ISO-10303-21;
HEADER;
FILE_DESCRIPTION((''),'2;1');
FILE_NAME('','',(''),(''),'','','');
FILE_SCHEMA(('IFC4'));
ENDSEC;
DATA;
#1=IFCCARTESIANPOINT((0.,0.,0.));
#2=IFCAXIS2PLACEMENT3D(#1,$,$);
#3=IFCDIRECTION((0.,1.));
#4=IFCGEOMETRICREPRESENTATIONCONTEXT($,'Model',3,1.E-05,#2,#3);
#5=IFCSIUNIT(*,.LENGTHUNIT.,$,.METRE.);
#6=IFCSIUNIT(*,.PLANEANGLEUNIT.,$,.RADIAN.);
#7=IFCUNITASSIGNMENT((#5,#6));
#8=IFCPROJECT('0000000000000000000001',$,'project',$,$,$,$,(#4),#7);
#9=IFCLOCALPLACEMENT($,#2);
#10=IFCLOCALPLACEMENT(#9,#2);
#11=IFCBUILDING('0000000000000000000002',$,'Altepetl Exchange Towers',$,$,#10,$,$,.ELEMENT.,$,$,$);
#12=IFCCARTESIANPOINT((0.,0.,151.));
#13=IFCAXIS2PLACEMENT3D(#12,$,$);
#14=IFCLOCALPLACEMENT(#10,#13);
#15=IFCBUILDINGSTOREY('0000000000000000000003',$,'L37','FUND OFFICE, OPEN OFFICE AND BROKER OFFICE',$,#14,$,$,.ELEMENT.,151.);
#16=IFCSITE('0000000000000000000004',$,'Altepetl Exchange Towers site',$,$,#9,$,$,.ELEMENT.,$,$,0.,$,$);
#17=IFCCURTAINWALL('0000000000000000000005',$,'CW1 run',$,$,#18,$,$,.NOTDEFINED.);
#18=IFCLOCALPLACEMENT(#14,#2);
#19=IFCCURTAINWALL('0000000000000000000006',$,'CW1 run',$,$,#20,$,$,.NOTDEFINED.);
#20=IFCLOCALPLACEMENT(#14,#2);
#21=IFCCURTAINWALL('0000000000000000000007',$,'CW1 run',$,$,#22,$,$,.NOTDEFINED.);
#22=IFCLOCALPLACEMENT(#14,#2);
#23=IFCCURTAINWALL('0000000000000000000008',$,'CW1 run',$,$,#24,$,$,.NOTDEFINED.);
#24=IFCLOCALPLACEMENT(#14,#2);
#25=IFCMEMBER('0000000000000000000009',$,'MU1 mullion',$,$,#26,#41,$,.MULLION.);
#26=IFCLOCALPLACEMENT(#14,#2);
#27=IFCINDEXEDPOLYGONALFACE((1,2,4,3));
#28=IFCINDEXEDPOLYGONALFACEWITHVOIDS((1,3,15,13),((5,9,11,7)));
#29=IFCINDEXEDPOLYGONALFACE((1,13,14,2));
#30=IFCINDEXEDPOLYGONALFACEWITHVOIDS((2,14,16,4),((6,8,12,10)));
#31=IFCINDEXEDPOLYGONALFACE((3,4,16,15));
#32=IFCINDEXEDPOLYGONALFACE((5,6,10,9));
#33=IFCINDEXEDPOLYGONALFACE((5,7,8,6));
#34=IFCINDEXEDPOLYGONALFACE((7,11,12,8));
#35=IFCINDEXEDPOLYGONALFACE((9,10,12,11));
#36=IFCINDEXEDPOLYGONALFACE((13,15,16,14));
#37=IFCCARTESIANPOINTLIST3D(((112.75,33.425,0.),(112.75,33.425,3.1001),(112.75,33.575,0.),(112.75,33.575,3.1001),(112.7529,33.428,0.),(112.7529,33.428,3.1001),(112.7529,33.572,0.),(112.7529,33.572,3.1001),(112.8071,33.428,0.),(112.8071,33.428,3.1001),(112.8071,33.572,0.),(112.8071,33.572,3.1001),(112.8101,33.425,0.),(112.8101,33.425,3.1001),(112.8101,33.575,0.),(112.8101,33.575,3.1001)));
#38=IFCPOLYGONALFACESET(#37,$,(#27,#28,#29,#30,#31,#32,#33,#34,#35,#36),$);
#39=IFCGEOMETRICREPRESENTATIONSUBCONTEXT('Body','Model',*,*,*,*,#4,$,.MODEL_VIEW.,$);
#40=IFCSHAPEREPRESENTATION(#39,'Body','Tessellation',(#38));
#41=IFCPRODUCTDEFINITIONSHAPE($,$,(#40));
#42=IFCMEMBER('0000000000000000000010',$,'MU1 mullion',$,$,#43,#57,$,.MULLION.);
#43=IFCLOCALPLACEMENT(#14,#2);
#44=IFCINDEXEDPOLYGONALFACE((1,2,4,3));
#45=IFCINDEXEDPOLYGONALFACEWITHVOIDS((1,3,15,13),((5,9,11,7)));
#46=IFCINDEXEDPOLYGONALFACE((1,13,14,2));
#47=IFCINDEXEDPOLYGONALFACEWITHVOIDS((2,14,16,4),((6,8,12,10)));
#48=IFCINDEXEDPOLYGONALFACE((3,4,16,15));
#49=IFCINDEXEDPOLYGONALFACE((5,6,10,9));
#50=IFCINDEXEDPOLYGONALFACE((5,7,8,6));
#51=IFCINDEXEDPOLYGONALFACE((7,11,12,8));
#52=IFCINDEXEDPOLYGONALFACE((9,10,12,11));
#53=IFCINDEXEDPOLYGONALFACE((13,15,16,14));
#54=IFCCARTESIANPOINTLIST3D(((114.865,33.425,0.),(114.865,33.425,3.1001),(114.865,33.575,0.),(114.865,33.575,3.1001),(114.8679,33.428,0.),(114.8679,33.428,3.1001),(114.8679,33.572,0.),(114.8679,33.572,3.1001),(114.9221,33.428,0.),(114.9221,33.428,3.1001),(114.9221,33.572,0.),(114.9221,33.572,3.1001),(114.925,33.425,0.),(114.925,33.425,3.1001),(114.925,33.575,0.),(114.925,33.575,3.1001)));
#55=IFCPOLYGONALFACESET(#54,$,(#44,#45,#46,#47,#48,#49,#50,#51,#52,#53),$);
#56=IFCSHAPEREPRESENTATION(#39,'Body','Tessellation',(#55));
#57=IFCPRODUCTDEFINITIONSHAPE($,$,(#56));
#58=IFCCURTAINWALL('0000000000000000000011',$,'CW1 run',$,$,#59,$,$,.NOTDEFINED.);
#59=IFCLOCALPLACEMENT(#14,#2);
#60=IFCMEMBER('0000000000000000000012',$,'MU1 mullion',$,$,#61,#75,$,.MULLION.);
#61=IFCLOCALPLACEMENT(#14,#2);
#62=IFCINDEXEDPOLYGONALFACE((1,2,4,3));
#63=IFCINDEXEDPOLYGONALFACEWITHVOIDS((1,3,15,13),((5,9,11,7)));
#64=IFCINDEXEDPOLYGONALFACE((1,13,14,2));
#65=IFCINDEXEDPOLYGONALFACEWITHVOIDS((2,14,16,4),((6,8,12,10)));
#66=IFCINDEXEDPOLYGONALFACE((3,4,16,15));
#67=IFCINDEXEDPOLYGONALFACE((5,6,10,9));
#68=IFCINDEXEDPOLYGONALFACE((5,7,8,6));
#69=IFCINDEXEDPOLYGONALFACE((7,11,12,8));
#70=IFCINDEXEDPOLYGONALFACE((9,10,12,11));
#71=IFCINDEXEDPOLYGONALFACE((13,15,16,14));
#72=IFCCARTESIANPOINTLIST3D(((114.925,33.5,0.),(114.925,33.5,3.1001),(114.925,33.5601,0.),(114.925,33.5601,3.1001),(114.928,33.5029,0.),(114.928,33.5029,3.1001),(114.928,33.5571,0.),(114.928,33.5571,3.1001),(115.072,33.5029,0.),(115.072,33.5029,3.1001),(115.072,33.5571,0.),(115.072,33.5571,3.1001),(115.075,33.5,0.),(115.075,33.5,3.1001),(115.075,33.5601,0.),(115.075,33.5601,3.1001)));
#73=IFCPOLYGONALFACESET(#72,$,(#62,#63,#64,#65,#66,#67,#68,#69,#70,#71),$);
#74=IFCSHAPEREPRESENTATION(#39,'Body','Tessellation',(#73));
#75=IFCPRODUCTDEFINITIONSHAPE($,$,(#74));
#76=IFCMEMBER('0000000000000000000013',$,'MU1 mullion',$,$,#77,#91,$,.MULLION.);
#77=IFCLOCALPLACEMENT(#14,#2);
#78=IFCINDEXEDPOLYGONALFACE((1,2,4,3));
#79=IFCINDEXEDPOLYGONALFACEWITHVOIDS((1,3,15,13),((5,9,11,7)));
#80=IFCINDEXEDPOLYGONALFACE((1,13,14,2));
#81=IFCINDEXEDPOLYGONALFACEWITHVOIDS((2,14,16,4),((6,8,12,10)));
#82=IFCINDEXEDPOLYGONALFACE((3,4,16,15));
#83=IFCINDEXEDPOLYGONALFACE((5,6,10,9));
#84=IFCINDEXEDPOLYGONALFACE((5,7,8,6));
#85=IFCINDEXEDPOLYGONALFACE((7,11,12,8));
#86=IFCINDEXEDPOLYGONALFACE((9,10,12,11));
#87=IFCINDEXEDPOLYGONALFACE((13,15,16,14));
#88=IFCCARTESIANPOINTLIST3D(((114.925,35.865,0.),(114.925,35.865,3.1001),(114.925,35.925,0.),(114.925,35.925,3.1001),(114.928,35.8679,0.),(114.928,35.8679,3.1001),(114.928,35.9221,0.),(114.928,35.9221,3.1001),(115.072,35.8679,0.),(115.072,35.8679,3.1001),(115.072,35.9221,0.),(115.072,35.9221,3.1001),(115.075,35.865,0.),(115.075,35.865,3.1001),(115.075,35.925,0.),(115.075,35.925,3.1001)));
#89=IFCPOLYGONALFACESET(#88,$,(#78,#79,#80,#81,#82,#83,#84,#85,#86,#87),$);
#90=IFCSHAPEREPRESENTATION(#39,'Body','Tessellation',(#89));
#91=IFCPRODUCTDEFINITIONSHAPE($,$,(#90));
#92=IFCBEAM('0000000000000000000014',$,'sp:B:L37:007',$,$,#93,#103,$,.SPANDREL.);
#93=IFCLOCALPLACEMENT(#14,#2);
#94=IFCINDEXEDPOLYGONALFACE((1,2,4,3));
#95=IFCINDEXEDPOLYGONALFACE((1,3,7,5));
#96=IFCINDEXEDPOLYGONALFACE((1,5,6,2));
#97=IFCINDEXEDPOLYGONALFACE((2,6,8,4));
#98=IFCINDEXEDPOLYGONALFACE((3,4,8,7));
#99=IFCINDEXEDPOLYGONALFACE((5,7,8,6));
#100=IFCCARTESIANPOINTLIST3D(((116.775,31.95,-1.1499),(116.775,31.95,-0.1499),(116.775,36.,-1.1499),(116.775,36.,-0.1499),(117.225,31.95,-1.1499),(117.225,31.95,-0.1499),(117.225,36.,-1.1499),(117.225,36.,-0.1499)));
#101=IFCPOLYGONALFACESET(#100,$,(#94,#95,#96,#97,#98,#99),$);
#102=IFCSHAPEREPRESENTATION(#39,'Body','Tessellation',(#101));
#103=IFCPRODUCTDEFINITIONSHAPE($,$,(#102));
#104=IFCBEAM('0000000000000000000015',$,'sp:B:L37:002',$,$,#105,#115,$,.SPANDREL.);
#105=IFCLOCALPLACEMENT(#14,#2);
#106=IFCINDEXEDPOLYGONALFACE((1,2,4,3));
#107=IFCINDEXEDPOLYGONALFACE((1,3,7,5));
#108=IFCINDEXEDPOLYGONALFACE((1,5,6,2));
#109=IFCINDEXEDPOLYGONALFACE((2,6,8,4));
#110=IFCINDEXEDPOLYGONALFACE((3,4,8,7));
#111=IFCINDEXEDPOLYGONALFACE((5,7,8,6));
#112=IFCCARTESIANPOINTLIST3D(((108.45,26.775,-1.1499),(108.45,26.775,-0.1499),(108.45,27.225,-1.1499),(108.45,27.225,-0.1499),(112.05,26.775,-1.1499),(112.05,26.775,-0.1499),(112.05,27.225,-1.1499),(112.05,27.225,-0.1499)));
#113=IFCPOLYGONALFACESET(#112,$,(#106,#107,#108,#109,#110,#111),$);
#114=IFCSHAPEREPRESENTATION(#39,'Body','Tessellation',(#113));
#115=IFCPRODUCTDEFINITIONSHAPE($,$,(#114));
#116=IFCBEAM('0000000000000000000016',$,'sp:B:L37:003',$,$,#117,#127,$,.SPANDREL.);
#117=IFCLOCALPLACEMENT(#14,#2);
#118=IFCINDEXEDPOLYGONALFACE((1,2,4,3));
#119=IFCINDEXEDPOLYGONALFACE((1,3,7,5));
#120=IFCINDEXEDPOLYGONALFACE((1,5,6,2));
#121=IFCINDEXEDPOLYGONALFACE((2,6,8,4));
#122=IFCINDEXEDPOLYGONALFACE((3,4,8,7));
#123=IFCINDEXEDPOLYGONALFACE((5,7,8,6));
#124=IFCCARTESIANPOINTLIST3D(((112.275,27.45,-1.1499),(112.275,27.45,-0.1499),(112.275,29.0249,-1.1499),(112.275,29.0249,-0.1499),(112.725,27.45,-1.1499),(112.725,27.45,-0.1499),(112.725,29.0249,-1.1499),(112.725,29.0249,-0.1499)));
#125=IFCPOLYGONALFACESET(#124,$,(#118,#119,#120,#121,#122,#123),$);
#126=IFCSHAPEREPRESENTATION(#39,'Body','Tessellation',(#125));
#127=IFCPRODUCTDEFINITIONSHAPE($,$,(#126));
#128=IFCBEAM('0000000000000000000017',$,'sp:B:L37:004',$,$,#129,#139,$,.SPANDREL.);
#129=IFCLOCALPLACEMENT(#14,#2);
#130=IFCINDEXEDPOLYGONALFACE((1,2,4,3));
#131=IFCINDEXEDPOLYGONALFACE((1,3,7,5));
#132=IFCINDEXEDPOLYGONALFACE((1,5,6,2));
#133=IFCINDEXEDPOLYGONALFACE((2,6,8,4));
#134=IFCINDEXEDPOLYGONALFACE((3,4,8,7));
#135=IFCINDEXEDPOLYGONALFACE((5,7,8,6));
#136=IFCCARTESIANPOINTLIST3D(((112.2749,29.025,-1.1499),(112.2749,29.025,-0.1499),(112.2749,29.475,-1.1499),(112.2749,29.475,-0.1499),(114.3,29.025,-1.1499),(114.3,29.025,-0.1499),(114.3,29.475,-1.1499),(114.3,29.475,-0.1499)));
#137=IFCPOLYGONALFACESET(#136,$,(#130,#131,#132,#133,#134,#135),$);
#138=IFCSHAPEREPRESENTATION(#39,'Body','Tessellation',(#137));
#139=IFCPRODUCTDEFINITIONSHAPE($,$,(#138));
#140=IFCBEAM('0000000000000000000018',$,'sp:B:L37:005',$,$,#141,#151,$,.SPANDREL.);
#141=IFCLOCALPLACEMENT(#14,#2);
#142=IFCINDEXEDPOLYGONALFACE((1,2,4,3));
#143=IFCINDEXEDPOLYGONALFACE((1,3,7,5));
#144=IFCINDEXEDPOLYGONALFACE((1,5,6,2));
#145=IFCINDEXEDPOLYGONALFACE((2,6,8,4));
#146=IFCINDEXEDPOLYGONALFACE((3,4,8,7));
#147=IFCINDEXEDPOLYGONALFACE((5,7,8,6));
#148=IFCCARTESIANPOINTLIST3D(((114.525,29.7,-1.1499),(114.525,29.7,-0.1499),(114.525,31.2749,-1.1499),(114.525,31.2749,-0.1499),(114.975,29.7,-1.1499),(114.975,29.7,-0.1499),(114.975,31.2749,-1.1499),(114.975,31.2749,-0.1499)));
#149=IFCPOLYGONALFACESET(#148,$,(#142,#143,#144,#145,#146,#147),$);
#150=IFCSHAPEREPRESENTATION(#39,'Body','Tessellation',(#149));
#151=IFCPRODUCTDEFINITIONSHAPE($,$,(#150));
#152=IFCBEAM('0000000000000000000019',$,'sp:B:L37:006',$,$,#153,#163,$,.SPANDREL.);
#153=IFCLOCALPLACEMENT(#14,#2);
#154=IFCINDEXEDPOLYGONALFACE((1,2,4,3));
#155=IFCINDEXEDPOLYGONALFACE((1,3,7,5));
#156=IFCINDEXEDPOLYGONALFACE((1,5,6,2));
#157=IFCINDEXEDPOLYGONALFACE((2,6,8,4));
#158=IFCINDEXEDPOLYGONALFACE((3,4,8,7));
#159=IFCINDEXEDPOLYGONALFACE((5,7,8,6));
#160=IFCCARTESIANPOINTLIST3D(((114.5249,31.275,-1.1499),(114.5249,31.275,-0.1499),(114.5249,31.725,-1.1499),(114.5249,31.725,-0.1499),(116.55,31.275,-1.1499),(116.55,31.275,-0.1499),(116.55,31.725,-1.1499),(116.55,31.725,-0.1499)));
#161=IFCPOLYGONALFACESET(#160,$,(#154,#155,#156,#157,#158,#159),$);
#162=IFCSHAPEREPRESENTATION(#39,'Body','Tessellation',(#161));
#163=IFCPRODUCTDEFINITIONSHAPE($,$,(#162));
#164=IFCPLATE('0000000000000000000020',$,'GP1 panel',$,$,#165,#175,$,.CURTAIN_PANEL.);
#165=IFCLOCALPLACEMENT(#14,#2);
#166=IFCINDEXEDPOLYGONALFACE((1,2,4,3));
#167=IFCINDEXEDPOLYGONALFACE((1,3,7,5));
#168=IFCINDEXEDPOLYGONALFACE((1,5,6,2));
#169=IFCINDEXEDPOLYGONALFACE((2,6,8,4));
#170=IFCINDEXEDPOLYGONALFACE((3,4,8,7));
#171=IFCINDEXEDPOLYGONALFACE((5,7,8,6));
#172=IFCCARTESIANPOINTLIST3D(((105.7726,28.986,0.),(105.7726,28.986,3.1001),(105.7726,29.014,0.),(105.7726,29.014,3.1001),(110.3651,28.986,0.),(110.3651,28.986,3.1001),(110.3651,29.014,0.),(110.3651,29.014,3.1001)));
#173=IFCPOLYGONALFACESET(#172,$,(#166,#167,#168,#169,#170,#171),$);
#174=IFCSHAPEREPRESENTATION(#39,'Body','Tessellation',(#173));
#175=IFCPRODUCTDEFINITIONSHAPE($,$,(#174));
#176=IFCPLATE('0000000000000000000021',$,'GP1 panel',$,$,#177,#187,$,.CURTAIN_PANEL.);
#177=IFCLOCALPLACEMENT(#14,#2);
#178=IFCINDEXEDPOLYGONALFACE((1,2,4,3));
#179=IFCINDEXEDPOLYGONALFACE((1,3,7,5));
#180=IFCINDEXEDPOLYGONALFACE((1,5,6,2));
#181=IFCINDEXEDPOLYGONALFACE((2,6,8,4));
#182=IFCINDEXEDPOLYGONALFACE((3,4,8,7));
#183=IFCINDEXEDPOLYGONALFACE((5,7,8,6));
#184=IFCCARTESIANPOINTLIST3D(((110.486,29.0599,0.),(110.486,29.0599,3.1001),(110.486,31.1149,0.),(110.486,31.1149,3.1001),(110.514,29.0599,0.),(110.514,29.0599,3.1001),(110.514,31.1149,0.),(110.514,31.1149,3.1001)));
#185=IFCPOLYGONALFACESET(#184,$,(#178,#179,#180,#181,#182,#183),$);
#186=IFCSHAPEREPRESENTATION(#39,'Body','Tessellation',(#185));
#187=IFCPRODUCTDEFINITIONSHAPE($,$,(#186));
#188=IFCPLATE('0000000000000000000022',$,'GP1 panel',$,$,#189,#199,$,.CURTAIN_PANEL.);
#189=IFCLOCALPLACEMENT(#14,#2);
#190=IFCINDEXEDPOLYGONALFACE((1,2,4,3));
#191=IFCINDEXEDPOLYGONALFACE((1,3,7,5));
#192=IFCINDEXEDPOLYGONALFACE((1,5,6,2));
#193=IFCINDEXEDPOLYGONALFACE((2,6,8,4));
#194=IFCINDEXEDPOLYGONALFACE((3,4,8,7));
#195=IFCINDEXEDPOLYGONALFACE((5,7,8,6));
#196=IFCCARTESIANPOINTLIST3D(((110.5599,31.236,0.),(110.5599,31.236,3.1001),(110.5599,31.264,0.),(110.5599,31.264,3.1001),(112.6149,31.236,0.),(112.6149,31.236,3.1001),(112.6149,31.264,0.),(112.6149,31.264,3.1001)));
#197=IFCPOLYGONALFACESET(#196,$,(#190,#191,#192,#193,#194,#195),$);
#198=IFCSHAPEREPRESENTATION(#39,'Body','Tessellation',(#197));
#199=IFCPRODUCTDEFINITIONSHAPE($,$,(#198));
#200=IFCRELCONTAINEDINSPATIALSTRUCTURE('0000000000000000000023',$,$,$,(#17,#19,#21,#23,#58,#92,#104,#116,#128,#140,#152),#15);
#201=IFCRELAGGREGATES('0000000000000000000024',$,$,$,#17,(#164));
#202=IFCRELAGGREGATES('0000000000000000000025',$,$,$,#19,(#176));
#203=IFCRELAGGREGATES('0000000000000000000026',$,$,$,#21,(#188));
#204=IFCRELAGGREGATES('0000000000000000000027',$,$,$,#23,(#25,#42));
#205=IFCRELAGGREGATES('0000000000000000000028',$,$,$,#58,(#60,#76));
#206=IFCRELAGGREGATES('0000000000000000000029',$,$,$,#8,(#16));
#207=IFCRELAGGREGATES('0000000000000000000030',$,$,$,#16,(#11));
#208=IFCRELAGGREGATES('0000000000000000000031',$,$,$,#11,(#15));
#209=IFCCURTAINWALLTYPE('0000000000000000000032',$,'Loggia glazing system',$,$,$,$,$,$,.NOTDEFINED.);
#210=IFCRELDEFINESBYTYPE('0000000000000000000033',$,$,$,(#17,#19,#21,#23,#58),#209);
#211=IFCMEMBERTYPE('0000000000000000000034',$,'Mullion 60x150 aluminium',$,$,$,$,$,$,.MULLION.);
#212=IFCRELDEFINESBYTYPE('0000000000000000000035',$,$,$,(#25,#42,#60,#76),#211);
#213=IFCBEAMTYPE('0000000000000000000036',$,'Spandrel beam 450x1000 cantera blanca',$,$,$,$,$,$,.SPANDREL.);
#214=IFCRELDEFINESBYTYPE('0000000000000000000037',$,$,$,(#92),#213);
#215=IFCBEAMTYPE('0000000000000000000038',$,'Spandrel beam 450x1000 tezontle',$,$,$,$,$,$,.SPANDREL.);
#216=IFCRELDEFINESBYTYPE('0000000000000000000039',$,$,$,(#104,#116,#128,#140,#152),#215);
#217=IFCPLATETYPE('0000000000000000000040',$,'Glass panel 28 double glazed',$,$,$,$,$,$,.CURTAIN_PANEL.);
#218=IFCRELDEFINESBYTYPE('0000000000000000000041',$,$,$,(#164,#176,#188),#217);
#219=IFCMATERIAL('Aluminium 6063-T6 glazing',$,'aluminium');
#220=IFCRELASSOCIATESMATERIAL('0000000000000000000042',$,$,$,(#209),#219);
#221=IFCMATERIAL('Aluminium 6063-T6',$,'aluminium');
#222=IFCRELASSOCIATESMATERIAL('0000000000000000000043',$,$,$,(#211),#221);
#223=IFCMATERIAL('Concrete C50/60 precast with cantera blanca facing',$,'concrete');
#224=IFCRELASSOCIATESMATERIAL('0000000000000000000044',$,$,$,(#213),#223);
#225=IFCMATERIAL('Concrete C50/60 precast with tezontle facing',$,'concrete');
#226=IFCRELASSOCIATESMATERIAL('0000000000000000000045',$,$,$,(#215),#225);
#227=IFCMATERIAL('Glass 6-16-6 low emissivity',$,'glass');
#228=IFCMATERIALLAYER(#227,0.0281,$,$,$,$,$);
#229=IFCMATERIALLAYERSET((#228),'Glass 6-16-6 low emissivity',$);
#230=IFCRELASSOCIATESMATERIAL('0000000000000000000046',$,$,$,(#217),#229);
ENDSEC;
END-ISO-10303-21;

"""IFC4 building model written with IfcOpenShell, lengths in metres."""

from ifc_helpers import new_model, si_unit, direction, frame, origin, origin_2d, place, context, subcontext, project, spatial, rectangle, hollow_rectangle, extrude, material, layer, layer_set, material_profile, profile_set, type_object, element, aggregate, save


model = new_model("IFC4")

# Units and contexts
model_context = context("Model", 3, precision=1e-05, world=origin(), true_north=direction((0.0, 1.0)))
body_context = subcontext(model_context, "Body", "Model", "MODEL_VIEW")
ifc_project = project(units=[si_unit("LENGTHUNIT", "METRE"), si_unit("PLANEANGLEUNIT", "RADIAN")], contexts=[model_context])

# Site, building, storey
site_placement = place(None, origin())
site = spatial("IfcSite", under=ifc_project, at=site_placement, Name="Altepetl Exchange Towers site", CompositionType="ELEMENT", RefElevation=0.0)
building_placement = place(site_placement, origin())
building = spatial("IfcBuilding", under=site, at=building_placement, Name="Altepetl Exchange Towers", CompositionType="ELEMENT")
storey_placement = place(building_placement, frame((0.0, 0.0, 151.0)))
storey = spatial("IfcBuildingStorey", under=building, at=storey_placement, Name="L37", Description="FUND OFFICE, OPEN OFFICE AND BROKER OFFICE", CompositionType="ELEMENT", Elevation=151.0)

# Curtain wall
ifc_material_1 = material(Name="Aluminium 6063-T6 glazing", Category="aluminium")
curtain_wall_type = type_object("IfcCurtainWallType", Name="Loggia glazing system", PredefinedType="NOTDEFINED", material=ifc_material_1)
curtain_wall_1_placement = place(storey_placement, origin())
curtain_wall_1 = element("IfcCurtainWall", 1, at=curtain_wall_1_placement, inside=storey, type_object=curtain_wall_type, Name="CW1 run", PredefinedType="NOTDEFINED")
ifc_material_2 = material(Name="Aluminium 6063-T6", Category="aluminium")
ifc_material_profile_1 = material_profile(ifc_material_2, hollow_rectangle(XDim=0.0601, YDim=0.1499, WallThickness=0.0029, at=origin_2d()), Name="Mullion 60x150 aluminium")
ifc_profile_set_1 = profile_set([ifc_material_profile_1], Name="Aluminium 6063-T6")
member_type = type_object("IfcMemberType", Name="Mullion 60x150 aluminium", PredefinedType="MULLION", material=ifc_profile_set_1)

# Curtain walls, members
curtain_wall_2_placement = place(storey_placement, origin())
curtain_wall_2 = element("IfcCurtainWall", 2, at=curtain_wall_2_placement, inside=storey, type_object=curtain_wall_type, Name="CW1 run", PredefinedType="NOTDEFINED")
curtain_wall_3_placement = place(storey_placement, origin())
curtain_wall_3 = element("IfcCurtainWall", 3, at=curtain_wall_3_placement, inside=storey, type_object=curtain_wall_type, Name="CW1 run", PredefinedType="NOTDEFINED")
curtain_wall_4_placement = place(storey_placement, origin())
curtain_wall_4 = element("IfcCurtainWall", 4, at=curtain_wall_4_placement, inside=storey, type_object=curtain_wall_type, Name="CW1 run", PredefinedType="NOTDEFINED")
member_1_placement = place(storey_placement, frame((112.78, 33.5, 0.0)))
member_1 = element("IfcMember", 5, at=member_1_placement, type_object=member_type, Name="MU1 mullion", PredefinedType="MULLION", context=body_context, shape_type="SweptSolid", body=[
    extrude(hollow_rectangle(XDim=0.0601, YDim=0.1499, WallThickness=0.0029, at=origin_2d()), origin(), (0.0, 0.0, 1.0), 3.1001),
])
member_2_placement = place(storey_placement, frame((114.895, 33.5, 0.0)))
member_2 = element("IfcMember", 6, at=member_2_placement, type_object=member_type, Name="MU1 mullion", PredefinedType="MULLION", context=body_context, shape_type="SweptSolid", body=[
    extrude(hollow_rectangle(XDim=0.0601, YDim=0.1499, WallThickness=0.0029, at=origin_2d()), origin(), (0.0, 0.0, 1.0), 3.1001),
])
curtain_wall_5_placement = place(storey_placement, origin())
curtain_wall_5 = element("IfcCurtainWall", 7, at=curtain_wall_5_placement, inside=storey, type_object=curtain_wall_type, Name="CW1 run", PredefinedType="NOTDEFINED")
member_3_placement = place(storey_placement, frame((115.0, 33.53, 0.0), z_axis=(0.0, 0.0, 1.0), x_axis=(0.0, 1.0, 0.0)))
member_3 = element("IfcMember", 8, at=member_3_placement, type_object=member_type, Name="MU1 mullion", PredefinedType="MULLION", context=body_context, shape_type="SweptSolid", body=[
    extrude(hollow_rectangle(XDim=0.0601, YDim=0.1499, WallThickness=0.0029, at=origin_2d()), origin(), (0.0, 0.0, 1.0), 3.1001),
])
member_4_placement = place(storey_placement, frame((115.0, 35.895, 0.0), z_axis=(0.0, 0.0, 1.0), x_axis=(0.0, 1.0, 0.0)))
member_4 = element("IfcMember", 9, at=member_4_placement, type_object=member_type, Name="MU1 mullion", PredefinedType="MULLION", context=body_context, shape_type="SweptSolid", body=[
    extrude(hollow_rectangle(XDim=0.0601, YDim=0.1499, WallThickness=0.0029, at=origin_2d()), origin(), (0.0, 0.0, 1.0), 3.1001),
])

# Beams
ifc_material_3 = material(Name="Concrete C50/60 precast with cantera blanca facing", Category="concrete")
ifc_material_profile_2 = material_profile(ifc_material_3, rectangle(XDim=0.45, YDim=1.0, at=origin_2d()), Name="450 x 1000")
ifc_profile_set_2 = profile_set([ifc_material_profile_2], Name="Concrete C50/60 precast with cantera blanca facing")
beam_type_1 = type_object("IfcBeamType", Name="Spandrel beam 450x1000 cantera blanca", PredefinedType="SPANDREL", material=ifc_profile_set_2)
beam_1_placement = place(storey_placement, frame((117.0, 31.95, -0.6499), z_axis=(0.0, 1.0, 0.0), x_axis=(-1.0, 0.0, 0.0)))
element("IfcBeam", 10, at=beam_1_placement, inside=storey, type_object=beam_type_1, Name="sp:B:L37:007", PredefinedType="SPANDREL", context=body_context, shape_type="SweptSolid", body=[
    extrude(rectangle(XDim=0.45, YDim=1.0, at=origin_2d()), origin(), (0.0, 0.0, 1.0), 4.05),
])
ifc_material_4 = material(Name="Concrete C50/60 precast with tezontle facing", Category="concrete")
ifc_material_profile_3 = material_profile(ifc_material_4, rectangle(XDim=0.45, YDim=1.0, at=origin_2d()), Name="450 x 1000")
ifc_profile_set_3 = profile_set([ifc_material_profile_3], Name="Concrete C50/60 precast with tezontle facing")
beam_type_2 = type_object("IfcBeamType", Name="Spandrel beam 450x1000 tezontle", PredefinedType="SPANDREL", material=ifc_profile_set_3)
beam_2_placement = place(storey_placement, frame((108.45, 27.0, -0.6499), z_axis=(1.0, 0.0, 0.0), x_axis=(0.0, 1.0, 0.0)))
element("IfcBeam", 11, at=beam_2_placement, inside=storey, type_object=beam_type_2, Name="sp:B:L37:002", PredefinedType="SPANDREL", context=body_context, shape_type="SweptSolid", body=[
    extrude(rectangle(XDim=0.45, YDim=1.0, at=origin_2d()), origin(), (0.0, 0.0, 1.0), 3.6001),
])
beam_3_placement = place(storey_placement, frame((112.5, 27.45, -0.6499), z_axis=(0.0, 1.0, 0.0), x_axis=(-1.0, 0.0, 0.0)))
element("IfcBeam", 12, at=beam_3_placement, inside=storey, type_object=beam_type_2, Name="sp:B:L37:003", PredefinedType="SPANDREL", context=body_context, shape_type="SweptSolid", body=[
    extrude(rectangle(XDim=0.45, YDim=1.0, at=origin_2d()), origin(), (0.0, 0.0, 1.0), 1.575),
])
beam_4_placement = place(storey_placement, frame((112.2749, 29.25, -0.6499), z_axis=(1.0, 0.0, 0.0), x_axis=(0.0, 1.0, 0.0)))
element("IfcBeam", 13, at=beam_4_placement, inside=storey, type_object=beam_type_2, Name="sp:B:L37:004", PredefinedType="SPANDREL", context=body_context, shape_type="SweptSolid", body=[
    extrude(rectangle(XDim=0.45, YDim=1.0, at=origin_2d()), origin(), (0.0, 0.0, 1.0), 2.0251),
])
beam_5_placement = place(storey_placement, frame((114.75, 29.7, -0.6499), z_axis=(0.0, 1.0, 0.0), x_axis=(-1.0, 0.0, 0.0)))
element("IfcBeam", 14, at=beam_5_placement, inside=storey, type_object=beam_type_2, Name="sp:B:L37:005", PredefinedType="SPANDREL", context=body_context, shape_type="SweptSolid", body=[
    extrude(rectangle(XDim=0.45, YDim=1.0, at=origin_2d()), origin(), (0.0, 0.0, 1.0), 1.575),
])
beam_6_placement = place(storey_placement, frame((114.5249, 31.5, -0.6499), z_axis=(1.0, 0.0, 0.0), x_axis=(0.0, 1.0, 0.0)))
element("IfcBeam", 15, at=beam_6_placement, inside=storey, type_object=beam_type_2, Name="sp:B:L37:006", PredefinedType="SPANDREL", context=body_context, shape_type="SweptSolid", body=[
    extrude(rectangle(XDim=0.45, YDim=1.0, at=origin_2d()), origin(), (0.0, 0.0, 1.0), 2.0251),
])

# Plates
ifc_material_5 = material(Name="Glass 6-16-6 low emissivity", Category="glass")
ifc_layer_1 = layer(ifc_material_5, 0.0281)
ifc_layer_set_1 = layer_set([ifc_layer_1], Name="Glass 6-16-6 low emissivity")
plate_type = type_object("IfcPlateType", Name="Glass panel 28 double glazed", PredefinedType="CURTAIN_PANEL", material=ifc_layer_set_1)
plate_1_placement = place(storey_placement, frame((108.0688, 29.0, 0.0)))
plate_1 = element("IfcPlate", 16, at=plate_1_placement, type_object=plate_type, Name="GP1 panel", PredefinedType="CURTAIN_PANEL", context=body_context, shape_type="SweptSolid", body=[
    extrude(rectangle(XDim=4.5925, YDim=0.0281, at=origin_2d()), origin(), (0.0, 0.0, 1.0), 3.1001),
])
aggregate(curtain_wall_1, [plate_1])
plate_2_placement = place(storey_placement, frame((110.5, 30.0874, 0.0), z_axis=(0.0, 0.0, 1.0), x_axis=(0.0, 1.0, 0.0)))
plate_2 = element("IfcPlate", 17, at=plate_2_placement, type_object=plate_type, Name="GP1 panel", PredefinedType="CURTAIN_PANEL", context=body_context, shape_type="SweptSolid", body=[
    extrude(rectangle(XDim=2.0549, YDim=0.0281, at=origin_2d()), origin(), (0.0, 0.0, 1.0), 3.1001),
])
aggregate(curtain_wall_2, [plate_2])
plate_3_placement = place(storey_placement, frame((111.5874, 31.25, 0.0)))
plate_3 = element("IfcPlate", 18, at=plate_3_placement, type_object=plate_type, Name="GP1 panel", PredefinedType="CURTAIN_PANEL", context=body_context, shape_type="SweptSolid", body=[
    extrude(rectangle(XDim=2.0549, YDim=0.0281, at=origin_2d()), origin(), (0.0, 0.0, 1.0), 3.1001),
])
aggregate(curtain_wall_3, [plate_3])
aggregate(curtain_wall_4, [member_1, member_2])
aggregate(curtain_wall_5, [member_3, member_4])

save(model, "model.ifc")
